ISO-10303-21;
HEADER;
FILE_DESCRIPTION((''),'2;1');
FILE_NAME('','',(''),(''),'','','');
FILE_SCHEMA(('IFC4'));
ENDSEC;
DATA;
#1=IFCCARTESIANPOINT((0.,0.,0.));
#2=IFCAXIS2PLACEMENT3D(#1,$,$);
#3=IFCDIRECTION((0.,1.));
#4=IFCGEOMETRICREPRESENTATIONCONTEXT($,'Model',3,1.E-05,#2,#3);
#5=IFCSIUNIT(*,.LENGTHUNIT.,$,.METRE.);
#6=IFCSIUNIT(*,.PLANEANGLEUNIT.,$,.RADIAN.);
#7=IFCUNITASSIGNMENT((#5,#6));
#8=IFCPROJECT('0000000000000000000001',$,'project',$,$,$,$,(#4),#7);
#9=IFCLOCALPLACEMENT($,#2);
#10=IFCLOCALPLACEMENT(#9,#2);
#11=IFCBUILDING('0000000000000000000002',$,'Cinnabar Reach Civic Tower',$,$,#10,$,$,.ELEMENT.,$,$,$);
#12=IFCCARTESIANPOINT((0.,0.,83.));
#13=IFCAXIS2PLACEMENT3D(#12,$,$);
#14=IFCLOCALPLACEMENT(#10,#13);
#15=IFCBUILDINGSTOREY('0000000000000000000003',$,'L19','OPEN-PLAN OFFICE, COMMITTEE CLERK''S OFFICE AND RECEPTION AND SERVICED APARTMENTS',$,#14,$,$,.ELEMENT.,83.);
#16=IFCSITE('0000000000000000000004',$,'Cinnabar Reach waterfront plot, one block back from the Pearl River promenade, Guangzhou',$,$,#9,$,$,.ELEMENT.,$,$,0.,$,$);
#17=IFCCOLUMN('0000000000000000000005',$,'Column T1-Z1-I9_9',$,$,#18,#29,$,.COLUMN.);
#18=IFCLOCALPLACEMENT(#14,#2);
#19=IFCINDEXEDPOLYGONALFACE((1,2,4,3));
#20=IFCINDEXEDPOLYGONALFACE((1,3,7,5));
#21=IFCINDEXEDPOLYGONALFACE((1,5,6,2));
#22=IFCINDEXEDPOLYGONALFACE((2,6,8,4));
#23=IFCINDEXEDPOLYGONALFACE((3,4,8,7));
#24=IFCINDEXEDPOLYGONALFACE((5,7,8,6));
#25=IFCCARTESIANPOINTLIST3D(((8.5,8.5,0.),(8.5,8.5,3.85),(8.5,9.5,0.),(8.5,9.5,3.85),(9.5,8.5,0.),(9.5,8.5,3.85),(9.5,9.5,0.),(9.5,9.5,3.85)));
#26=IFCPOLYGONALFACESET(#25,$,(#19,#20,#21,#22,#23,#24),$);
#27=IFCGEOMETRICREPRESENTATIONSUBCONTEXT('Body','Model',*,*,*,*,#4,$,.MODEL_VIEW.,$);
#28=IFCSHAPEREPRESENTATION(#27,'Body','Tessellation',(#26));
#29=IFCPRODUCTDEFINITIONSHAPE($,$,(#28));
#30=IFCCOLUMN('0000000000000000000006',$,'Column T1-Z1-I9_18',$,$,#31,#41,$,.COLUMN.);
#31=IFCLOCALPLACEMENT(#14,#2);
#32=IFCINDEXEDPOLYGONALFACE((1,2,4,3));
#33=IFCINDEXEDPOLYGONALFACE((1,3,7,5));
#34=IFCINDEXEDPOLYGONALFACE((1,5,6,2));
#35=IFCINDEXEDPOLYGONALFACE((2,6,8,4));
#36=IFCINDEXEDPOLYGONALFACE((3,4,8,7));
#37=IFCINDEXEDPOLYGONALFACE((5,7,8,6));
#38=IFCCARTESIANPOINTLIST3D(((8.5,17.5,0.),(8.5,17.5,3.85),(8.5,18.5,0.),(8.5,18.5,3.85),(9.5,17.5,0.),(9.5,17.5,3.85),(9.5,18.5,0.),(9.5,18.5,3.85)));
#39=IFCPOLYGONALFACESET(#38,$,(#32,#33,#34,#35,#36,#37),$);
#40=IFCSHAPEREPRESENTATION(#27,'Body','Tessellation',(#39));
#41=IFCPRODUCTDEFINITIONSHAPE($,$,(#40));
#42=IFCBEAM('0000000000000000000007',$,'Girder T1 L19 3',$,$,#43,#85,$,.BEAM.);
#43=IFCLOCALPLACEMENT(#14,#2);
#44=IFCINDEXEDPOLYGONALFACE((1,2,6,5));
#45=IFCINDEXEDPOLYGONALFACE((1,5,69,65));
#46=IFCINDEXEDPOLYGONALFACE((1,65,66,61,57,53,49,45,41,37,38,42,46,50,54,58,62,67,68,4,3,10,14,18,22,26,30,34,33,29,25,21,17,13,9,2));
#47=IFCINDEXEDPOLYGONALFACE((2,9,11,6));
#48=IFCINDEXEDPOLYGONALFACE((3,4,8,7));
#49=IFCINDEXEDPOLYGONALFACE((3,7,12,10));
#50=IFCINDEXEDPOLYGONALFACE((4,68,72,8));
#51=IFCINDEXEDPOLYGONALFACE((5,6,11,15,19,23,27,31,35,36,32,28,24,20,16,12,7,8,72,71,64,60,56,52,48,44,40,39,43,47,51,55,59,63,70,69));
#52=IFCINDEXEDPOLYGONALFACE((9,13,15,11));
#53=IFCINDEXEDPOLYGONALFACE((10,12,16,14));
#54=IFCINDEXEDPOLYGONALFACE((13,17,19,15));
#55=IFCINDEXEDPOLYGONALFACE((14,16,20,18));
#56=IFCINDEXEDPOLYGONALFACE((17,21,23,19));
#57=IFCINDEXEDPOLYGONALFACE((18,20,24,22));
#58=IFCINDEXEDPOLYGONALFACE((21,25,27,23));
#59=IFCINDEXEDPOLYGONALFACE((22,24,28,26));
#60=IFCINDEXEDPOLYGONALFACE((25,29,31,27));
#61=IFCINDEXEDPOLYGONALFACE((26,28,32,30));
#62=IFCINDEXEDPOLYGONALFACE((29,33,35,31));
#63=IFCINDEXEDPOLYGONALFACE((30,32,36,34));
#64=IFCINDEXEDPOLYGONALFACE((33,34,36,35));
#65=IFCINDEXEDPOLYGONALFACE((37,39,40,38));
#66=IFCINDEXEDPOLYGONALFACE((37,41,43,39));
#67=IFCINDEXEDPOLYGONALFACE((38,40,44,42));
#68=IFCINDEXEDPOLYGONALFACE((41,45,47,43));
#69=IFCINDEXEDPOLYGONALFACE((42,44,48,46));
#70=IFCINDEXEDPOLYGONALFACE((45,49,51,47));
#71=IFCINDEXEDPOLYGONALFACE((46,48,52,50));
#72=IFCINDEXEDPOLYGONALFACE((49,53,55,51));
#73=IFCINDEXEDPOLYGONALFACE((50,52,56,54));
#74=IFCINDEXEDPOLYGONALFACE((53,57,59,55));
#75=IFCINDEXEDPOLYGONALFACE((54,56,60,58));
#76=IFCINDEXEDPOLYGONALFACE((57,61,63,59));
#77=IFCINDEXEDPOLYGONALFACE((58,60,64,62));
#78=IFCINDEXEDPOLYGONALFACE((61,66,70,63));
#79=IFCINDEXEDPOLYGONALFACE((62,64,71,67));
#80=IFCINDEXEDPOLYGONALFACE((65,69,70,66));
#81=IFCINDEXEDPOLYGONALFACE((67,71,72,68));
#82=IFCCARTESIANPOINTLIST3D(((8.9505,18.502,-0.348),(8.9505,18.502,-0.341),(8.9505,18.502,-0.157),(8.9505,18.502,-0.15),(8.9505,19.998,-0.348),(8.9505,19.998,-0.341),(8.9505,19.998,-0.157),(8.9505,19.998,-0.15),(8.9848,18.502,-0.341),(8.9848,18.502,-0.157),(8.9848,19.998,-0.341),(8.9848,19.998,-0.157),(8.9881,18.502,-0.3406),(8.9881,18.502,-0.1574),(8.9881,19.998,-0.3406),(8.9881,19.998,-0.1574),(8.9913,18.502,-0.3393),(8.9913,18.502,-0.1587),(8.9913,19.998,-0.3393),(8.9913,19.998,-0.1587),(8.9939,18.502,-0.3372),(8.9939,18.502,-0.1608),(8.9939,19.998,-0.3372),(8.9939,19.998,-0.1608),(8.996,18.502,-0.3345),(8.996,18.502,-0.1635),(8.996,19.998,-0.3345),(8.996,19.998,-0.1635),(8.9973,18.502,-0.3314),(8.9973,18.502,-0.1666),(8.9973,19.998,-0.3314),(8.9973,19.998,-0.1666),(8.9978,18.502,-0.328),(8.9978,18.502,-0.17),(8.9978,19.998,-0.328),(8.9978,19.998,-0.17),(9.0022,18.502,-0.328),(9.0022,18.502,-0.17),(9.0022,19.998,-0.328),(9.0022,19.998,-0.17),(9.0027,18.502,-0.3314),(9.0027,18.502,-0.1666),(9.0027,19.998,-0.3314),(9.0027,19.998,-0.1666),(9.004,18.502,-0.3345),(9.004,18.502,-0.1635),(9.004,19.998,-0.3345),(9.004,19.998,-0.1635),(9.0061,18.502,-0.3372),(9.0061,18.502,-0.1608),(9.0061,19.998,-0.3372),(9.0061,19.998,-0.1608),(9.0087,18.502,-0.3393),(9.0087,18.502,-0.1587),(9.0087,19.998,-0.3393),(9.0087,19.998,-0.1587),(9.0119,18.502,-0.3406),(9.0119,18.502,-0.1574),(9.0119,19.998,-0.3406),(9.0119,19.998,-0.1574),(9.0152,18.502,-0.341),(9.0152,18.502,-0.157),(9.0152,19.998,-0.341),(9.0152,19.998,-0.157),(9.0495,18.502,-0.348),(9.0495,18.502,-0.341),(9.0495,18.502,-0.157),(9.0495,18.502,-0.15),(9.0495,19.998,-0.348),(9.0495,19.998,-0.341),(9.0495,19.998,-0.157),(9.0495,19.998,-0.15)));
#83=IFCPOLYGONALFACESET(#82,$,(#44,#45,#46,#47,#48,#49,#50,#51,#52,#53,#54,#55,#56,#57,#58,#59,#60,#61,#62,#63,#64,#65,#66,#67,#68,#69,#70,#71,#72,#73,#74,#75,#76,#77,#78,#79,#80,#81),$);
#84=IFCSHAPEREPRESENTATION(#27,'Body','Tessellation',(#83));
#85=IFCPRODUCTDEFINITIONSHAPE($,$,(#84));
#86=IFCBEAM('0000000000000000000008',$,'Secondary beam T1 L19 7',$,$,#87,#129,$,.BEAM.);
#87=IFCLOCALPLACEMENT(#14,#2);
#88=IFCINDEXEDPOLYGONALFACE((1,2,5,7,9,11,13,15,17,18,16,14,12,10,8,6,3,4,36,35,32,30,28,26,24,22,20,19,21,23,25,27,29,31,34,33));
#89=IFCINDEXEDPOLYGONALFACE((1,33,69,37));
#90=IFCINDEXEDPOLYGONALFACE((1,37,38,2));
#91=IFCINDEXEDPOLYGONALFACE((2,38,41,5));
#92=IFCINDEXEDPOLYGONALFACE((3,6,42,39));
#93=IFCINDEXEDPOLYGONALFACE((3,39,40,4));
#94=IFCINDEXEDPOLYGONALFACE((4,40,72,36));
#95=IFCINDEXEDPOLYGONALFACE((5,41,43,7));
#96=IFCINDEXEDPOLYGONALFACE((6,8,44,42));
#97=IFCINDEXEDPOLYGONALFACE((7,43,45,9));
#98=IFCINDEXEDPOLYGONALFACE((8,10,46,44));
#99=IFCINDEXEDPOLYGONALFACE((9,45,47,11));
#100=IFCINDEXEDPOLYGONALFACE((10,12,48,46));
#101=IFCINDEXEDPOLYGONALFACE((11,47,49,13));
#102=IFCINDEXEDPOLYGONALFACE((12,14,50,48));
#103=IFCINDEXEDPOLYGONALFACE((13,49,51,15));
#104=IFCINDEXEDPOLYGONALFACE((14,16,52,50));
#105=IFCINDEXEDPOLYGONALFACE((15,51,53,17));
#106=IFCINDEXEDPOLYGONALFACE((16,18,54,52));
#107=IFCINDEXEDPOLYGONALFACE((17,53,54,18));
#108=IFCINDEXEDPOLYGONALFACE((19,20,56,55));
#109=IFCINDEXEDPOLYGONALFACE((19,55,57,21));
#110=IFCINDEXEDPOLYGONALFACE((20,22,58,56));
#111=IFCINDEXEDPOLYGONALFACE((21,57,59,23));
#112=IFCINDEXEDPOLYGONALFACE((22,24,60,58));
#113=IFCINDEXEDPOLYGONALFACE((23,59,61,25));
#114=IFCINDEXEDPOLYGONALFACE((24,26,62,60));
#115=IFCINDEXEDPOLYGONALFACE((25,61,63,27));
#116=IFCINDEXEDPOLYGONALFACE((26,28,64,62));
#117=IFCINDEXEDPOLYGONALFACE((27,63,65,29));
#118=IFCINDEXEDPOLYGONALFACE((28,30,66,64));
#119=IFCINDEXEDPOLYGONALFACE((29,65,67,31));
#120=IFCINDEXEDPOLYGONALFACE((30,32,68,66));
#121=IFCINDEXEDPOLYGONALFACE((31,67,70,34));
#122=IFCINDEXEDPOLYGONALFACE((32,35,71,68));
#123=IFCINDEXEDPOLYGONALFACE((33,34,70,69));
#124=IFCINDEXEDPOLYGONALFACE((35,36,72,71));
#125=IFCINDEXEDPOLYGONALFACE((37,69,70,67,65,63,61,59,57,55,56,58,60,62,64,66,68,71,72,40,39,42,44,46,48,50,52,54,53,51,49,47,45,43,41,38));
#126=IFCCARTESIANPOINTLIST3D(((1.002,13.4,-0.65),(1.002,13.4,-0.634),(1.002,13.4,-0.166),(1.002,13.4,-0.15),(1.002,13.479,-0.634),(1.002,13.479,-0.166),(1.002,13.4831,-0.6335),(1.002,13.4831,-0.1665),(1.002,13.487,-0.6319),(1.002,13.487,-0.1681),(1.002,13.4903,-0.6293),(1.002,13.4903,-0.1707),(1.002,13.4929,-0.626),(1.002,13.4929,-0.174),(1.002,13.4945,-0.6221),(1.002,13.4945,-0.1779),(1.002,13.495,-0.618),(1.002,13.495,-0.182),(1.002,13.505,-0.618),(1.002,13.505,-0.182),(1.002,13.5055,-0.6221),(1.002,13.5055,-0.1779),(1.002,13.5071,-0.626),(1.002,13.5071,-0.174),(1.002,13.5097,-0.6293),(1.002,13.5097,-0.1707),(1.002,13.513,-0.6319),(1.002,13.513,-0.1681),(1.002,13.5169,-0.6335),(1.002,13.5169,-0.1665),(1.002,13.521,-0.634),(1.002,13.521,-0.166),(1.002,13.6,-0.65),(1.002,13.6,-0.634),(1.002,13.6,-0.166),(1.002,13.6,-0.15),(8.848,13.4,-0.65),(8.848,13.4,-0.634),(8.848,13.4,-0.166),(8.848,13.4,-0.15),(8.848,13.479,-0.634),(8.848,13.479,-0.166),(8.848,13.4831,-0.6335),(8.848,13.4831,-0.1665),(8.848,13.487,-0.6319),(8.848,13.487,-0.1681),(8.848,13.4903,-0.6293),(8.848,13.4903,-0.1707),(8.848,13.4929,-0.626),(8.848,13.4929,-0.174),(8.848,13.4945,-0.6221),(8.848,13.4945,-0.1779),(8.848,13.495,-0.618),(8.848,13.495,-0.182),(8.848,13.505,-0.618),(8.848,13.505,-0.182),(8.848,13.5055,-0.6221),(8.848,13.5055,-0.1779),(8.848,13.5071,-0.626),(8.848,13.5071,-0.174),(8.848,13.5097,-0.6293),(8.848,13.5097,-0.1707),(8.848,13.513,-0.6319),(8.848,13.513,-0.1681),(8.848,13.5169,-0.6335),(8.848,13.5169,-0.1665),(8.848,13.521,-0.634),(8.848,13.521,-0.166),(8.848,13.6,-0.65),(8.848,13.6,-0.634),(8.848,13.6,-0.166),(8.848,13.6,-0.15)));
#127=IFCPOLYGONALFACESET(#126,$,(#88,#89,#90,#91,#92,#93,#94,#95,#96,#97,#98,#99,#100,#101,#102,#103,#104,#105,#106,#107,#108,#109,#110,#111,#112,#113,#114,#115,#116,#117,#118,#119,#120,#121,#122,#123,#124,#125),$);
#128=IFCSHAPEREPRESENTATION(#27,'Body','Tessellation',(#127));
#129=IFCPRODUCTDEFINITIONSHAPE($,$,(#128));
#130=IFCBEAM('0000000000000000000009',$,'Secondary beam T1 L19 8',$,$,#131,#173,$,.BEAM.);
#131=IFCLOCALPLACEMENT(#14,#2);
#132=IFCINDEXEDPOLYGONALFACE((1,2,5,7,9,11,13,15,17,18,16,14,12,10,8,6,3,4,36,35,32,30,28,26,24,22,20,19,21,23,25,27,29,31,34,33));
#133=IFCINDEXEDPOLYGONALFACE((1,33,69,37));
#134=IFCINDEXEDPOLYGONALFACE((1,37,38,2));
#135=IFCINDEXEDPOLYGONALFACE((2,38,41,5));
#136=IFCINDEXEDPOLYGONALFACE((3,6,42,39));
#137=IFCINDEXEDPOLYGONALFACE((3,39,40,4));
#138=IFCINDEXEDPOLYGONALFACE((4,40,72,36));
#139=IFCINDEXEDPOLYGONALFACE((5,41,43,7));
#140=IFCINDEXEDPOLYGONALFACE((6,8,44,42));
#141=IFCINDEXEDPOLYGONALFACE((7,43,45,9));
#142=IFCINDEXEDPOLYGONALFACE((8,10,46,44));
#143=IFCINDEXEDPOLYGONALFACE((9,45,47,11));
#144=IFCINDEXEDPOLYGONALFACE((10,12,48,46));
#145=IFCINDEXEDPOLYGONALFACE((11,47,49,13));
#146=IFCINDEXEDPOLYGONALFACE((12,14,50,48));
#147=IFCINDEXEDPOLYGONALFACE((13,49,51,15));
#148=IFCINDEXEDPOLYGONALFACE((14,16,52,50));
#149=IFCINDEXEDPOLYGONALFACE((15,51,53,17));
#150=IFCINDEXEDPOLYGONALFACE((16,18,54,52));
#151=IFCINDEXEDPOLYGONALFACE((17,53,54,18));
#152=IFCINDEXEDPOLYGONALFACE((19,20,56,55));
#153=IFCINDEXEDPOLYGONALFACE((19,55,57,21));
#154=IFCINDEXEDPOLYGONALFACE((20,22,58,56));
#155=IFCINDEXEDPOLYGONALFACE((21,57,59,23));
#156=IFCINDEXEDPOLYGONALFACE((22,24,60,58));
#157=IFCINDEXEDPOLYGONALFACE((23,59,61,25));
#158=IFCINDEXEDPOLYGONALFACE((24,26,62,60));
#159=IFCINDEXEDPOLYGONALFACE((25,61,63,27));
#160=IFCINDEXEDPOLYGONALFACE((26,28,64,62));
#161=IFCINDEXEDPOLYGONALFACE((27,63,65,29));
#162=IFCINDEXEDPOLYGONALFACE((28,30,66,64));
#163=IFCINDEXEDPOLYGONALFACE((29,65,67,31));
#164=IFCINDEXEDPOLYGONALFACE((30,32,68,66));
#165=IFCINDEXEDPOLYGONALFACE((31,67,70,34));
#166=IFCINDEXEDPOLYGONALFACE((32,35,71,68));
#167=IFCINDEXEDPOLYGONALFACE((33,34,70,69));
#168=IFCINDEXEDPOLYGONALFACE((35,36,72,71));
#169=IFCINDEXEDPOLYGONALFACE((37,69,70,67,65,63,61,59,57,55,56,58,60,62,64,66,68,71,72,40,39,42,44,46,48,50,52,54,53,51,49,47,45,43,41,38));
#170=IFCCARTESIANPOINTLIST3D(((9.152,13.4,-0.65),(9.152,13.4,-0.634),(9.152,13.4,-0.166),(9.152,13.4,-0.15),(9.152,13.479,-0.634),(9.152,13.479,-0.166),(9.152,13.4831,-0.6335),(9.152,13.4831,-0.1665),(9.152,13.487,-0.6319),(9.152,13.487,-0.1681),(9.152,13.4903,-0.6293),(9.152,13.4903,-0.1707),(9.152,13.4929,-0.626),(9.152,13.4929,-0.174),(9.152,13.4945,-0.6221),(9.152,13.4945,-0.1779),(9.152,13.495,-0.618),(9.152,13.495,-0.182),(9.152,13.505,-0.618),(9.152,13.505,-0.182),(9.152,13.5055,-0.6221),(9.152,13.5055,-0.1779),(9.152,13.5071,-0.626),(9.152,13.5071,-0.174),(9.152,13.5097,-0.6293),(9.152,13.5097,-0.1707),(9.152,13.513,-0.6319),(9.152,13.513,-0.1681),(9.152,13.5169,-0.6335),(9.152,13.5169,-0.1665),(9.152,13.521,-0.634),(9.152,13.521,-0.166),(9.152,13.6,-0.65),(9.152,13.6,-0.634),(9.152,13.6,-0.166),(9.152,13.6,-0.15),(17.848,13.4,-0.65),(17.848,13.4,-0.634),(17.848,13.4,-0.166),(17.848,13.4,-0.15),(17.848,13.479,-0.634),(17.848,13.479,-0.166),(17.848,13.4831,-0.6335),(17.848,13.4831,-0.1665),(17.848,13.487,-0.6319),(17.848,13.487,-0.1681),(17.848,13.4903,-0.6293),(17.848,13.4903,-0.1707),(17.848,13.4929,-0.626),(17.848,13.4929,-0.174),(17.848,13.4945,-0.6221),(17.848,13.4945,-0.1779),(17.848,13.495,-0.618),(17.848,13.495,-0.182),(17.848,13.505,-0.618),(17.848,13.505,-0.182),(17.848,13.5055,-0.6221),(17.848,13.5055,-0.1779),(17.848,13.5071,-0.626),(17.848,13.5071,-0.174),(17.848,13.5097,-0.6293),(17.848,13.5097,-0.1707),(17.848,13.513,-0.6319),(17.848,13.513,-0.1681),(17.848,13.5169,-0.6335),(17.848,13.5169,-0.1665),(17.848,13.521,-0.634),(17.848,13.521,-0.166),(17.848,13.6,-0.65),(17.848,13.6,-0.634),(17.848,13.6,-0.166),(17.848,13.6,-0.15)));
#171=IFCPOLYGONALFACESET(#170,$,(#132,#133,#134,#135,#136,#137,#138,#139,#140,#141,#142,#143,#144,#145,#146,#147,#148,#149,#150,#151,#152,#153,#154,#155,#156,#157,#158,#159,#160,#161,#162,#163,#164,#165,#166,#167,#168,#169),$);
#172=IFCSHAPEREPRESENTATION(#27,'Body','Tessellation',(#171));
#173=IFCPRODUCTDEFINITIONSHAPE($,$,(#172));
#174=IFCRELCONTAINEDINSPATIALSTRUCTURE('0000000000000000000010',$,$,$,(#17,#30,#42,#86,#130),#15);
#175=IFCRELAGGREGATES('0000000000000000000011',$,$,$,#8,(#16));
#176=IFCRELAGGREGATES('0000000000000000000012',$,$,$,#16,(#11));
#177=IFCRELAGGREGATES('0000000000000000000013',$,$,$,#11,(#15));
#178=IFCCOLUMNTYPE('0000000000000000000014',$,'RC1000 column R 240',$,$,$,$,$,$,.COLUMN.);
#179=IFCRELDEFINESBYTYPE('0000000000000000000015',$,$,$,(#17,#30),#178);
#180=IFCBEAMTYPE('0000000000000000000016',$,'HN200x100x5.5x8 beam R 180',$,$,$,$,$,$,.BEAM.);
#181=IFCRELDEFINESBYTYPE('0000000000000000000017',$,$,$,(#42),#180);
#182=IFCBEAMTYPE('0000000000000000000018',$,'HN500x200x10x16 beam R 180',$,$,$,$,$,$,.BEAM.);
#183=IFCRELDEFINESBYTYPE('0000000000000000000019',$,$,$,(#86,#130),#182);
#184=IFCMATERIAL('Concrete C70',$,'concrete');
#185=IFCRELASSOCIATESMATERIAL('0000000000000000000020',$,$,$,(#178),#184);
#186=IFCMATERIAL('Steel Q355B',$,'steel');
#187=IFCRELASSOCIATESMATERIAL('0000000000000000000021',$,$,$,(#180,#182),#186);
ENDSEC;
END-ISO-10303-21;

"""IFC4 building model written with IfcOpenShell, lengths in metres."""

from ifc_helpers import new_model, si_unit, direction, frame, origin, origin_2d, place, context, subcontext, project, spatial, rectangle, i_section, extrude, material, material_profile, profile_set, type_object, element, save


model = new_model("IFC4")

# Units and contexts
model_context = context("Model", 3, precision=1e-05, world=origin(), true_north=direction((0.0, 1.0)))
body_context = subcontext(model_context, "Body", "Model", "MODEL_VIEW")
ifc_project = project(units=[si_unit("LENGTHUNIT", "METRE"), si_unit("PLANEANGLEUNIT", "RADIAN")], contexts=[model_context])

# Site, building, storey
site_placement = place(None, origin())
site = spatial("IfcSite", under=ifc_project, at=site_placement, Name="Cinnabar Reach waterfront plot, one block back from the Pearl River promenade, Guangzhou", CompositionType="ELEMENT", RefElevation=0.0)
building_placement = place(site_placement, origin())
building = spatial("IfcBuilding", under=site, at=building_placement, Name="Cinnabar Reach Civic Tower", CompositionType="ELEMENT")
storey_placement = place(building_placement, frame((0.0, 0.0, 83.0)))
storey = spatial("IfcBuildingStorey", under=building, at=storey_placement, Name="L19", Description="OPEN-PLAN OFFICE, COMMITTEE CLERK'S OFFICE AND RECEPTION AND SERVICED APARTMENTS", CompositionType="ELEMENT", Elevation=83.0)

# Columns
ifc_material_1 = material(Name="Concrete C70", Category="concrete")
ifc_material_profile_1 = material_profile(ifc_material_1, rectangle(XDim=1.0, YDim=1.0, at=origin_2d()), Name="RC1000")
ifc_profile_set_1 = profile_set([ifc_material_profile_1], Name="Concrete C70")
column_type = type_object("IfcColumnType", Name="RC1000 column R 240", PredefinedType="COLUMN", material=ifc_profile_set_1)
for number, where, z_axis, x_axis, name in (
    (1, (9.0, 9.0, 0.0), (0.0, 0.0, 1.0), (1.0, 0.0, 0.0), "Column T1-Z1-I9_9"),
    (2, (9.0, 18.0, 0.0), (0.0, 0.0, 1.0), (1.0, 0.0, 0.0), "Column T1-Z1-I9_18"),
):
    element("IfcColumn", number, at=place(storey_placement, frame(where, z_axis=z_axis, x_axis=x_axis)), inside=storey, type_object=column_type, Name=name, PredefinedType="COLUMN", context=body_context, shape_type="SweptSolid", body=[
        extrude(rectangle(XDim=1.0, YDim=1.0, at=origin_2d()), origin(), (0.0, 0.0, 1.0), 3.85),
    ])

# Beams
ifc_material_2 = material(Name="Steel Q355B", Category="steel")
ifc_material_profile_2 = material_profile(ifc_material_2, i_section(OverallWidth=0.099, OverallDepth=0.198, WebThickness=0.0045, FlangeThickness=0.007, FilletRadius=0.013, at=origin_2d()), Name="HN200x100x5.5x8")
ifc_profile_set_2 = profile_set([ifc_material_profile_2], Name="Steel Q355B")
beam_type_1 = type_object("IfcBeamType", Name="HN200x100x5.5x8 beam R 180", PredefinedType="BEAM", material=ifc_profile_set_2)
beam_1_placement = place(storey_placement, frame((9.0, 18.502, -0.249), z_axis=(0.0, 1.0, 0.0), x_axis=(-1.0, 0.0, 0.0)))
element("IfcBeam", 3, at=beam_1_placement, inside=storey, type_object=beam_type_1, Name="Girder T1 L19 3", PredefinedType="BEAM", context=body_context, shape_type="SweptSolid", body=[
    extrude(i_section(OverallWidth=0.099, OverallDepth=0.198, WebThickness=0.0045, FlangeThickness=0.007, FilletRadius=0.013, at=origin_2d()), origin(), (0.0, 0.0, 1.0), 1.496),
])
ifc_material_profile_3 = material_profile(ifc_material_2, i_section(OverallWidth=0.2, OverallDepth=0.5, WebThickness=0.01, FlangeThickness=0.016, FilletRadius=0.016, at=origin_2d()), Name="HN500x200x10x16")
ifc_profile_set_3 = profile_set([ifc_material_profile_3], Name="Steel Q355B")
beam_type_2 = type_object("IfcBeamType", Name="HN500x200x10x16 beam R 180", PredefinedType="BEAM", material=ifc_profile_set_3)
beam_2_placement = place(storey_placement, frame((1.002, 13.5, -0.4), z_axis=(1.0, 0.0, 0.0), x_axis=(0.0, 1.0, 0.0)))
element("IfcBeam", 4, at=beam_2_placement, inside=storey, type_object=beam_type_2, Name="Secondary beam T1 L19 7", PredefinedType="BEAM", context=body_context, shape_type="SweptSolid", body=[
    extrude(i_section(OverallWidth=0.2, OverallDepth=0.5, WebThickness=0.01, FlangeThickness=0.016, FilletRadius=0.016, at=origin_2d()), origin(), (0.0, 0.0, 1.0), 7.846),
])
beam_3_placement = place(storey_placement, frame((9.152, 13.5, -0.4), z_axis=(1.0, 0.0, 0.0), x_axis=(0.0, 1.0, 0.0)))
element("IfcBeam", 5, at=beam_3_placement, inside=storey, type_object=beam_type_2, Name="Secondary beam T1 L19 8", PredefinedType="BEAM", context=body_context, shape_type="SweptSolid", body=[
    extrude(i_section(OverallWidth=0.2, OverallDepth=0.5, WebThickness=0.01, FlangeThickness=0.016, FilletRadius=0.016, at=origin_2d()), origin(), (0.0, 0.0, 1.0), 8.696),
])

save(model, "model.ifc")
